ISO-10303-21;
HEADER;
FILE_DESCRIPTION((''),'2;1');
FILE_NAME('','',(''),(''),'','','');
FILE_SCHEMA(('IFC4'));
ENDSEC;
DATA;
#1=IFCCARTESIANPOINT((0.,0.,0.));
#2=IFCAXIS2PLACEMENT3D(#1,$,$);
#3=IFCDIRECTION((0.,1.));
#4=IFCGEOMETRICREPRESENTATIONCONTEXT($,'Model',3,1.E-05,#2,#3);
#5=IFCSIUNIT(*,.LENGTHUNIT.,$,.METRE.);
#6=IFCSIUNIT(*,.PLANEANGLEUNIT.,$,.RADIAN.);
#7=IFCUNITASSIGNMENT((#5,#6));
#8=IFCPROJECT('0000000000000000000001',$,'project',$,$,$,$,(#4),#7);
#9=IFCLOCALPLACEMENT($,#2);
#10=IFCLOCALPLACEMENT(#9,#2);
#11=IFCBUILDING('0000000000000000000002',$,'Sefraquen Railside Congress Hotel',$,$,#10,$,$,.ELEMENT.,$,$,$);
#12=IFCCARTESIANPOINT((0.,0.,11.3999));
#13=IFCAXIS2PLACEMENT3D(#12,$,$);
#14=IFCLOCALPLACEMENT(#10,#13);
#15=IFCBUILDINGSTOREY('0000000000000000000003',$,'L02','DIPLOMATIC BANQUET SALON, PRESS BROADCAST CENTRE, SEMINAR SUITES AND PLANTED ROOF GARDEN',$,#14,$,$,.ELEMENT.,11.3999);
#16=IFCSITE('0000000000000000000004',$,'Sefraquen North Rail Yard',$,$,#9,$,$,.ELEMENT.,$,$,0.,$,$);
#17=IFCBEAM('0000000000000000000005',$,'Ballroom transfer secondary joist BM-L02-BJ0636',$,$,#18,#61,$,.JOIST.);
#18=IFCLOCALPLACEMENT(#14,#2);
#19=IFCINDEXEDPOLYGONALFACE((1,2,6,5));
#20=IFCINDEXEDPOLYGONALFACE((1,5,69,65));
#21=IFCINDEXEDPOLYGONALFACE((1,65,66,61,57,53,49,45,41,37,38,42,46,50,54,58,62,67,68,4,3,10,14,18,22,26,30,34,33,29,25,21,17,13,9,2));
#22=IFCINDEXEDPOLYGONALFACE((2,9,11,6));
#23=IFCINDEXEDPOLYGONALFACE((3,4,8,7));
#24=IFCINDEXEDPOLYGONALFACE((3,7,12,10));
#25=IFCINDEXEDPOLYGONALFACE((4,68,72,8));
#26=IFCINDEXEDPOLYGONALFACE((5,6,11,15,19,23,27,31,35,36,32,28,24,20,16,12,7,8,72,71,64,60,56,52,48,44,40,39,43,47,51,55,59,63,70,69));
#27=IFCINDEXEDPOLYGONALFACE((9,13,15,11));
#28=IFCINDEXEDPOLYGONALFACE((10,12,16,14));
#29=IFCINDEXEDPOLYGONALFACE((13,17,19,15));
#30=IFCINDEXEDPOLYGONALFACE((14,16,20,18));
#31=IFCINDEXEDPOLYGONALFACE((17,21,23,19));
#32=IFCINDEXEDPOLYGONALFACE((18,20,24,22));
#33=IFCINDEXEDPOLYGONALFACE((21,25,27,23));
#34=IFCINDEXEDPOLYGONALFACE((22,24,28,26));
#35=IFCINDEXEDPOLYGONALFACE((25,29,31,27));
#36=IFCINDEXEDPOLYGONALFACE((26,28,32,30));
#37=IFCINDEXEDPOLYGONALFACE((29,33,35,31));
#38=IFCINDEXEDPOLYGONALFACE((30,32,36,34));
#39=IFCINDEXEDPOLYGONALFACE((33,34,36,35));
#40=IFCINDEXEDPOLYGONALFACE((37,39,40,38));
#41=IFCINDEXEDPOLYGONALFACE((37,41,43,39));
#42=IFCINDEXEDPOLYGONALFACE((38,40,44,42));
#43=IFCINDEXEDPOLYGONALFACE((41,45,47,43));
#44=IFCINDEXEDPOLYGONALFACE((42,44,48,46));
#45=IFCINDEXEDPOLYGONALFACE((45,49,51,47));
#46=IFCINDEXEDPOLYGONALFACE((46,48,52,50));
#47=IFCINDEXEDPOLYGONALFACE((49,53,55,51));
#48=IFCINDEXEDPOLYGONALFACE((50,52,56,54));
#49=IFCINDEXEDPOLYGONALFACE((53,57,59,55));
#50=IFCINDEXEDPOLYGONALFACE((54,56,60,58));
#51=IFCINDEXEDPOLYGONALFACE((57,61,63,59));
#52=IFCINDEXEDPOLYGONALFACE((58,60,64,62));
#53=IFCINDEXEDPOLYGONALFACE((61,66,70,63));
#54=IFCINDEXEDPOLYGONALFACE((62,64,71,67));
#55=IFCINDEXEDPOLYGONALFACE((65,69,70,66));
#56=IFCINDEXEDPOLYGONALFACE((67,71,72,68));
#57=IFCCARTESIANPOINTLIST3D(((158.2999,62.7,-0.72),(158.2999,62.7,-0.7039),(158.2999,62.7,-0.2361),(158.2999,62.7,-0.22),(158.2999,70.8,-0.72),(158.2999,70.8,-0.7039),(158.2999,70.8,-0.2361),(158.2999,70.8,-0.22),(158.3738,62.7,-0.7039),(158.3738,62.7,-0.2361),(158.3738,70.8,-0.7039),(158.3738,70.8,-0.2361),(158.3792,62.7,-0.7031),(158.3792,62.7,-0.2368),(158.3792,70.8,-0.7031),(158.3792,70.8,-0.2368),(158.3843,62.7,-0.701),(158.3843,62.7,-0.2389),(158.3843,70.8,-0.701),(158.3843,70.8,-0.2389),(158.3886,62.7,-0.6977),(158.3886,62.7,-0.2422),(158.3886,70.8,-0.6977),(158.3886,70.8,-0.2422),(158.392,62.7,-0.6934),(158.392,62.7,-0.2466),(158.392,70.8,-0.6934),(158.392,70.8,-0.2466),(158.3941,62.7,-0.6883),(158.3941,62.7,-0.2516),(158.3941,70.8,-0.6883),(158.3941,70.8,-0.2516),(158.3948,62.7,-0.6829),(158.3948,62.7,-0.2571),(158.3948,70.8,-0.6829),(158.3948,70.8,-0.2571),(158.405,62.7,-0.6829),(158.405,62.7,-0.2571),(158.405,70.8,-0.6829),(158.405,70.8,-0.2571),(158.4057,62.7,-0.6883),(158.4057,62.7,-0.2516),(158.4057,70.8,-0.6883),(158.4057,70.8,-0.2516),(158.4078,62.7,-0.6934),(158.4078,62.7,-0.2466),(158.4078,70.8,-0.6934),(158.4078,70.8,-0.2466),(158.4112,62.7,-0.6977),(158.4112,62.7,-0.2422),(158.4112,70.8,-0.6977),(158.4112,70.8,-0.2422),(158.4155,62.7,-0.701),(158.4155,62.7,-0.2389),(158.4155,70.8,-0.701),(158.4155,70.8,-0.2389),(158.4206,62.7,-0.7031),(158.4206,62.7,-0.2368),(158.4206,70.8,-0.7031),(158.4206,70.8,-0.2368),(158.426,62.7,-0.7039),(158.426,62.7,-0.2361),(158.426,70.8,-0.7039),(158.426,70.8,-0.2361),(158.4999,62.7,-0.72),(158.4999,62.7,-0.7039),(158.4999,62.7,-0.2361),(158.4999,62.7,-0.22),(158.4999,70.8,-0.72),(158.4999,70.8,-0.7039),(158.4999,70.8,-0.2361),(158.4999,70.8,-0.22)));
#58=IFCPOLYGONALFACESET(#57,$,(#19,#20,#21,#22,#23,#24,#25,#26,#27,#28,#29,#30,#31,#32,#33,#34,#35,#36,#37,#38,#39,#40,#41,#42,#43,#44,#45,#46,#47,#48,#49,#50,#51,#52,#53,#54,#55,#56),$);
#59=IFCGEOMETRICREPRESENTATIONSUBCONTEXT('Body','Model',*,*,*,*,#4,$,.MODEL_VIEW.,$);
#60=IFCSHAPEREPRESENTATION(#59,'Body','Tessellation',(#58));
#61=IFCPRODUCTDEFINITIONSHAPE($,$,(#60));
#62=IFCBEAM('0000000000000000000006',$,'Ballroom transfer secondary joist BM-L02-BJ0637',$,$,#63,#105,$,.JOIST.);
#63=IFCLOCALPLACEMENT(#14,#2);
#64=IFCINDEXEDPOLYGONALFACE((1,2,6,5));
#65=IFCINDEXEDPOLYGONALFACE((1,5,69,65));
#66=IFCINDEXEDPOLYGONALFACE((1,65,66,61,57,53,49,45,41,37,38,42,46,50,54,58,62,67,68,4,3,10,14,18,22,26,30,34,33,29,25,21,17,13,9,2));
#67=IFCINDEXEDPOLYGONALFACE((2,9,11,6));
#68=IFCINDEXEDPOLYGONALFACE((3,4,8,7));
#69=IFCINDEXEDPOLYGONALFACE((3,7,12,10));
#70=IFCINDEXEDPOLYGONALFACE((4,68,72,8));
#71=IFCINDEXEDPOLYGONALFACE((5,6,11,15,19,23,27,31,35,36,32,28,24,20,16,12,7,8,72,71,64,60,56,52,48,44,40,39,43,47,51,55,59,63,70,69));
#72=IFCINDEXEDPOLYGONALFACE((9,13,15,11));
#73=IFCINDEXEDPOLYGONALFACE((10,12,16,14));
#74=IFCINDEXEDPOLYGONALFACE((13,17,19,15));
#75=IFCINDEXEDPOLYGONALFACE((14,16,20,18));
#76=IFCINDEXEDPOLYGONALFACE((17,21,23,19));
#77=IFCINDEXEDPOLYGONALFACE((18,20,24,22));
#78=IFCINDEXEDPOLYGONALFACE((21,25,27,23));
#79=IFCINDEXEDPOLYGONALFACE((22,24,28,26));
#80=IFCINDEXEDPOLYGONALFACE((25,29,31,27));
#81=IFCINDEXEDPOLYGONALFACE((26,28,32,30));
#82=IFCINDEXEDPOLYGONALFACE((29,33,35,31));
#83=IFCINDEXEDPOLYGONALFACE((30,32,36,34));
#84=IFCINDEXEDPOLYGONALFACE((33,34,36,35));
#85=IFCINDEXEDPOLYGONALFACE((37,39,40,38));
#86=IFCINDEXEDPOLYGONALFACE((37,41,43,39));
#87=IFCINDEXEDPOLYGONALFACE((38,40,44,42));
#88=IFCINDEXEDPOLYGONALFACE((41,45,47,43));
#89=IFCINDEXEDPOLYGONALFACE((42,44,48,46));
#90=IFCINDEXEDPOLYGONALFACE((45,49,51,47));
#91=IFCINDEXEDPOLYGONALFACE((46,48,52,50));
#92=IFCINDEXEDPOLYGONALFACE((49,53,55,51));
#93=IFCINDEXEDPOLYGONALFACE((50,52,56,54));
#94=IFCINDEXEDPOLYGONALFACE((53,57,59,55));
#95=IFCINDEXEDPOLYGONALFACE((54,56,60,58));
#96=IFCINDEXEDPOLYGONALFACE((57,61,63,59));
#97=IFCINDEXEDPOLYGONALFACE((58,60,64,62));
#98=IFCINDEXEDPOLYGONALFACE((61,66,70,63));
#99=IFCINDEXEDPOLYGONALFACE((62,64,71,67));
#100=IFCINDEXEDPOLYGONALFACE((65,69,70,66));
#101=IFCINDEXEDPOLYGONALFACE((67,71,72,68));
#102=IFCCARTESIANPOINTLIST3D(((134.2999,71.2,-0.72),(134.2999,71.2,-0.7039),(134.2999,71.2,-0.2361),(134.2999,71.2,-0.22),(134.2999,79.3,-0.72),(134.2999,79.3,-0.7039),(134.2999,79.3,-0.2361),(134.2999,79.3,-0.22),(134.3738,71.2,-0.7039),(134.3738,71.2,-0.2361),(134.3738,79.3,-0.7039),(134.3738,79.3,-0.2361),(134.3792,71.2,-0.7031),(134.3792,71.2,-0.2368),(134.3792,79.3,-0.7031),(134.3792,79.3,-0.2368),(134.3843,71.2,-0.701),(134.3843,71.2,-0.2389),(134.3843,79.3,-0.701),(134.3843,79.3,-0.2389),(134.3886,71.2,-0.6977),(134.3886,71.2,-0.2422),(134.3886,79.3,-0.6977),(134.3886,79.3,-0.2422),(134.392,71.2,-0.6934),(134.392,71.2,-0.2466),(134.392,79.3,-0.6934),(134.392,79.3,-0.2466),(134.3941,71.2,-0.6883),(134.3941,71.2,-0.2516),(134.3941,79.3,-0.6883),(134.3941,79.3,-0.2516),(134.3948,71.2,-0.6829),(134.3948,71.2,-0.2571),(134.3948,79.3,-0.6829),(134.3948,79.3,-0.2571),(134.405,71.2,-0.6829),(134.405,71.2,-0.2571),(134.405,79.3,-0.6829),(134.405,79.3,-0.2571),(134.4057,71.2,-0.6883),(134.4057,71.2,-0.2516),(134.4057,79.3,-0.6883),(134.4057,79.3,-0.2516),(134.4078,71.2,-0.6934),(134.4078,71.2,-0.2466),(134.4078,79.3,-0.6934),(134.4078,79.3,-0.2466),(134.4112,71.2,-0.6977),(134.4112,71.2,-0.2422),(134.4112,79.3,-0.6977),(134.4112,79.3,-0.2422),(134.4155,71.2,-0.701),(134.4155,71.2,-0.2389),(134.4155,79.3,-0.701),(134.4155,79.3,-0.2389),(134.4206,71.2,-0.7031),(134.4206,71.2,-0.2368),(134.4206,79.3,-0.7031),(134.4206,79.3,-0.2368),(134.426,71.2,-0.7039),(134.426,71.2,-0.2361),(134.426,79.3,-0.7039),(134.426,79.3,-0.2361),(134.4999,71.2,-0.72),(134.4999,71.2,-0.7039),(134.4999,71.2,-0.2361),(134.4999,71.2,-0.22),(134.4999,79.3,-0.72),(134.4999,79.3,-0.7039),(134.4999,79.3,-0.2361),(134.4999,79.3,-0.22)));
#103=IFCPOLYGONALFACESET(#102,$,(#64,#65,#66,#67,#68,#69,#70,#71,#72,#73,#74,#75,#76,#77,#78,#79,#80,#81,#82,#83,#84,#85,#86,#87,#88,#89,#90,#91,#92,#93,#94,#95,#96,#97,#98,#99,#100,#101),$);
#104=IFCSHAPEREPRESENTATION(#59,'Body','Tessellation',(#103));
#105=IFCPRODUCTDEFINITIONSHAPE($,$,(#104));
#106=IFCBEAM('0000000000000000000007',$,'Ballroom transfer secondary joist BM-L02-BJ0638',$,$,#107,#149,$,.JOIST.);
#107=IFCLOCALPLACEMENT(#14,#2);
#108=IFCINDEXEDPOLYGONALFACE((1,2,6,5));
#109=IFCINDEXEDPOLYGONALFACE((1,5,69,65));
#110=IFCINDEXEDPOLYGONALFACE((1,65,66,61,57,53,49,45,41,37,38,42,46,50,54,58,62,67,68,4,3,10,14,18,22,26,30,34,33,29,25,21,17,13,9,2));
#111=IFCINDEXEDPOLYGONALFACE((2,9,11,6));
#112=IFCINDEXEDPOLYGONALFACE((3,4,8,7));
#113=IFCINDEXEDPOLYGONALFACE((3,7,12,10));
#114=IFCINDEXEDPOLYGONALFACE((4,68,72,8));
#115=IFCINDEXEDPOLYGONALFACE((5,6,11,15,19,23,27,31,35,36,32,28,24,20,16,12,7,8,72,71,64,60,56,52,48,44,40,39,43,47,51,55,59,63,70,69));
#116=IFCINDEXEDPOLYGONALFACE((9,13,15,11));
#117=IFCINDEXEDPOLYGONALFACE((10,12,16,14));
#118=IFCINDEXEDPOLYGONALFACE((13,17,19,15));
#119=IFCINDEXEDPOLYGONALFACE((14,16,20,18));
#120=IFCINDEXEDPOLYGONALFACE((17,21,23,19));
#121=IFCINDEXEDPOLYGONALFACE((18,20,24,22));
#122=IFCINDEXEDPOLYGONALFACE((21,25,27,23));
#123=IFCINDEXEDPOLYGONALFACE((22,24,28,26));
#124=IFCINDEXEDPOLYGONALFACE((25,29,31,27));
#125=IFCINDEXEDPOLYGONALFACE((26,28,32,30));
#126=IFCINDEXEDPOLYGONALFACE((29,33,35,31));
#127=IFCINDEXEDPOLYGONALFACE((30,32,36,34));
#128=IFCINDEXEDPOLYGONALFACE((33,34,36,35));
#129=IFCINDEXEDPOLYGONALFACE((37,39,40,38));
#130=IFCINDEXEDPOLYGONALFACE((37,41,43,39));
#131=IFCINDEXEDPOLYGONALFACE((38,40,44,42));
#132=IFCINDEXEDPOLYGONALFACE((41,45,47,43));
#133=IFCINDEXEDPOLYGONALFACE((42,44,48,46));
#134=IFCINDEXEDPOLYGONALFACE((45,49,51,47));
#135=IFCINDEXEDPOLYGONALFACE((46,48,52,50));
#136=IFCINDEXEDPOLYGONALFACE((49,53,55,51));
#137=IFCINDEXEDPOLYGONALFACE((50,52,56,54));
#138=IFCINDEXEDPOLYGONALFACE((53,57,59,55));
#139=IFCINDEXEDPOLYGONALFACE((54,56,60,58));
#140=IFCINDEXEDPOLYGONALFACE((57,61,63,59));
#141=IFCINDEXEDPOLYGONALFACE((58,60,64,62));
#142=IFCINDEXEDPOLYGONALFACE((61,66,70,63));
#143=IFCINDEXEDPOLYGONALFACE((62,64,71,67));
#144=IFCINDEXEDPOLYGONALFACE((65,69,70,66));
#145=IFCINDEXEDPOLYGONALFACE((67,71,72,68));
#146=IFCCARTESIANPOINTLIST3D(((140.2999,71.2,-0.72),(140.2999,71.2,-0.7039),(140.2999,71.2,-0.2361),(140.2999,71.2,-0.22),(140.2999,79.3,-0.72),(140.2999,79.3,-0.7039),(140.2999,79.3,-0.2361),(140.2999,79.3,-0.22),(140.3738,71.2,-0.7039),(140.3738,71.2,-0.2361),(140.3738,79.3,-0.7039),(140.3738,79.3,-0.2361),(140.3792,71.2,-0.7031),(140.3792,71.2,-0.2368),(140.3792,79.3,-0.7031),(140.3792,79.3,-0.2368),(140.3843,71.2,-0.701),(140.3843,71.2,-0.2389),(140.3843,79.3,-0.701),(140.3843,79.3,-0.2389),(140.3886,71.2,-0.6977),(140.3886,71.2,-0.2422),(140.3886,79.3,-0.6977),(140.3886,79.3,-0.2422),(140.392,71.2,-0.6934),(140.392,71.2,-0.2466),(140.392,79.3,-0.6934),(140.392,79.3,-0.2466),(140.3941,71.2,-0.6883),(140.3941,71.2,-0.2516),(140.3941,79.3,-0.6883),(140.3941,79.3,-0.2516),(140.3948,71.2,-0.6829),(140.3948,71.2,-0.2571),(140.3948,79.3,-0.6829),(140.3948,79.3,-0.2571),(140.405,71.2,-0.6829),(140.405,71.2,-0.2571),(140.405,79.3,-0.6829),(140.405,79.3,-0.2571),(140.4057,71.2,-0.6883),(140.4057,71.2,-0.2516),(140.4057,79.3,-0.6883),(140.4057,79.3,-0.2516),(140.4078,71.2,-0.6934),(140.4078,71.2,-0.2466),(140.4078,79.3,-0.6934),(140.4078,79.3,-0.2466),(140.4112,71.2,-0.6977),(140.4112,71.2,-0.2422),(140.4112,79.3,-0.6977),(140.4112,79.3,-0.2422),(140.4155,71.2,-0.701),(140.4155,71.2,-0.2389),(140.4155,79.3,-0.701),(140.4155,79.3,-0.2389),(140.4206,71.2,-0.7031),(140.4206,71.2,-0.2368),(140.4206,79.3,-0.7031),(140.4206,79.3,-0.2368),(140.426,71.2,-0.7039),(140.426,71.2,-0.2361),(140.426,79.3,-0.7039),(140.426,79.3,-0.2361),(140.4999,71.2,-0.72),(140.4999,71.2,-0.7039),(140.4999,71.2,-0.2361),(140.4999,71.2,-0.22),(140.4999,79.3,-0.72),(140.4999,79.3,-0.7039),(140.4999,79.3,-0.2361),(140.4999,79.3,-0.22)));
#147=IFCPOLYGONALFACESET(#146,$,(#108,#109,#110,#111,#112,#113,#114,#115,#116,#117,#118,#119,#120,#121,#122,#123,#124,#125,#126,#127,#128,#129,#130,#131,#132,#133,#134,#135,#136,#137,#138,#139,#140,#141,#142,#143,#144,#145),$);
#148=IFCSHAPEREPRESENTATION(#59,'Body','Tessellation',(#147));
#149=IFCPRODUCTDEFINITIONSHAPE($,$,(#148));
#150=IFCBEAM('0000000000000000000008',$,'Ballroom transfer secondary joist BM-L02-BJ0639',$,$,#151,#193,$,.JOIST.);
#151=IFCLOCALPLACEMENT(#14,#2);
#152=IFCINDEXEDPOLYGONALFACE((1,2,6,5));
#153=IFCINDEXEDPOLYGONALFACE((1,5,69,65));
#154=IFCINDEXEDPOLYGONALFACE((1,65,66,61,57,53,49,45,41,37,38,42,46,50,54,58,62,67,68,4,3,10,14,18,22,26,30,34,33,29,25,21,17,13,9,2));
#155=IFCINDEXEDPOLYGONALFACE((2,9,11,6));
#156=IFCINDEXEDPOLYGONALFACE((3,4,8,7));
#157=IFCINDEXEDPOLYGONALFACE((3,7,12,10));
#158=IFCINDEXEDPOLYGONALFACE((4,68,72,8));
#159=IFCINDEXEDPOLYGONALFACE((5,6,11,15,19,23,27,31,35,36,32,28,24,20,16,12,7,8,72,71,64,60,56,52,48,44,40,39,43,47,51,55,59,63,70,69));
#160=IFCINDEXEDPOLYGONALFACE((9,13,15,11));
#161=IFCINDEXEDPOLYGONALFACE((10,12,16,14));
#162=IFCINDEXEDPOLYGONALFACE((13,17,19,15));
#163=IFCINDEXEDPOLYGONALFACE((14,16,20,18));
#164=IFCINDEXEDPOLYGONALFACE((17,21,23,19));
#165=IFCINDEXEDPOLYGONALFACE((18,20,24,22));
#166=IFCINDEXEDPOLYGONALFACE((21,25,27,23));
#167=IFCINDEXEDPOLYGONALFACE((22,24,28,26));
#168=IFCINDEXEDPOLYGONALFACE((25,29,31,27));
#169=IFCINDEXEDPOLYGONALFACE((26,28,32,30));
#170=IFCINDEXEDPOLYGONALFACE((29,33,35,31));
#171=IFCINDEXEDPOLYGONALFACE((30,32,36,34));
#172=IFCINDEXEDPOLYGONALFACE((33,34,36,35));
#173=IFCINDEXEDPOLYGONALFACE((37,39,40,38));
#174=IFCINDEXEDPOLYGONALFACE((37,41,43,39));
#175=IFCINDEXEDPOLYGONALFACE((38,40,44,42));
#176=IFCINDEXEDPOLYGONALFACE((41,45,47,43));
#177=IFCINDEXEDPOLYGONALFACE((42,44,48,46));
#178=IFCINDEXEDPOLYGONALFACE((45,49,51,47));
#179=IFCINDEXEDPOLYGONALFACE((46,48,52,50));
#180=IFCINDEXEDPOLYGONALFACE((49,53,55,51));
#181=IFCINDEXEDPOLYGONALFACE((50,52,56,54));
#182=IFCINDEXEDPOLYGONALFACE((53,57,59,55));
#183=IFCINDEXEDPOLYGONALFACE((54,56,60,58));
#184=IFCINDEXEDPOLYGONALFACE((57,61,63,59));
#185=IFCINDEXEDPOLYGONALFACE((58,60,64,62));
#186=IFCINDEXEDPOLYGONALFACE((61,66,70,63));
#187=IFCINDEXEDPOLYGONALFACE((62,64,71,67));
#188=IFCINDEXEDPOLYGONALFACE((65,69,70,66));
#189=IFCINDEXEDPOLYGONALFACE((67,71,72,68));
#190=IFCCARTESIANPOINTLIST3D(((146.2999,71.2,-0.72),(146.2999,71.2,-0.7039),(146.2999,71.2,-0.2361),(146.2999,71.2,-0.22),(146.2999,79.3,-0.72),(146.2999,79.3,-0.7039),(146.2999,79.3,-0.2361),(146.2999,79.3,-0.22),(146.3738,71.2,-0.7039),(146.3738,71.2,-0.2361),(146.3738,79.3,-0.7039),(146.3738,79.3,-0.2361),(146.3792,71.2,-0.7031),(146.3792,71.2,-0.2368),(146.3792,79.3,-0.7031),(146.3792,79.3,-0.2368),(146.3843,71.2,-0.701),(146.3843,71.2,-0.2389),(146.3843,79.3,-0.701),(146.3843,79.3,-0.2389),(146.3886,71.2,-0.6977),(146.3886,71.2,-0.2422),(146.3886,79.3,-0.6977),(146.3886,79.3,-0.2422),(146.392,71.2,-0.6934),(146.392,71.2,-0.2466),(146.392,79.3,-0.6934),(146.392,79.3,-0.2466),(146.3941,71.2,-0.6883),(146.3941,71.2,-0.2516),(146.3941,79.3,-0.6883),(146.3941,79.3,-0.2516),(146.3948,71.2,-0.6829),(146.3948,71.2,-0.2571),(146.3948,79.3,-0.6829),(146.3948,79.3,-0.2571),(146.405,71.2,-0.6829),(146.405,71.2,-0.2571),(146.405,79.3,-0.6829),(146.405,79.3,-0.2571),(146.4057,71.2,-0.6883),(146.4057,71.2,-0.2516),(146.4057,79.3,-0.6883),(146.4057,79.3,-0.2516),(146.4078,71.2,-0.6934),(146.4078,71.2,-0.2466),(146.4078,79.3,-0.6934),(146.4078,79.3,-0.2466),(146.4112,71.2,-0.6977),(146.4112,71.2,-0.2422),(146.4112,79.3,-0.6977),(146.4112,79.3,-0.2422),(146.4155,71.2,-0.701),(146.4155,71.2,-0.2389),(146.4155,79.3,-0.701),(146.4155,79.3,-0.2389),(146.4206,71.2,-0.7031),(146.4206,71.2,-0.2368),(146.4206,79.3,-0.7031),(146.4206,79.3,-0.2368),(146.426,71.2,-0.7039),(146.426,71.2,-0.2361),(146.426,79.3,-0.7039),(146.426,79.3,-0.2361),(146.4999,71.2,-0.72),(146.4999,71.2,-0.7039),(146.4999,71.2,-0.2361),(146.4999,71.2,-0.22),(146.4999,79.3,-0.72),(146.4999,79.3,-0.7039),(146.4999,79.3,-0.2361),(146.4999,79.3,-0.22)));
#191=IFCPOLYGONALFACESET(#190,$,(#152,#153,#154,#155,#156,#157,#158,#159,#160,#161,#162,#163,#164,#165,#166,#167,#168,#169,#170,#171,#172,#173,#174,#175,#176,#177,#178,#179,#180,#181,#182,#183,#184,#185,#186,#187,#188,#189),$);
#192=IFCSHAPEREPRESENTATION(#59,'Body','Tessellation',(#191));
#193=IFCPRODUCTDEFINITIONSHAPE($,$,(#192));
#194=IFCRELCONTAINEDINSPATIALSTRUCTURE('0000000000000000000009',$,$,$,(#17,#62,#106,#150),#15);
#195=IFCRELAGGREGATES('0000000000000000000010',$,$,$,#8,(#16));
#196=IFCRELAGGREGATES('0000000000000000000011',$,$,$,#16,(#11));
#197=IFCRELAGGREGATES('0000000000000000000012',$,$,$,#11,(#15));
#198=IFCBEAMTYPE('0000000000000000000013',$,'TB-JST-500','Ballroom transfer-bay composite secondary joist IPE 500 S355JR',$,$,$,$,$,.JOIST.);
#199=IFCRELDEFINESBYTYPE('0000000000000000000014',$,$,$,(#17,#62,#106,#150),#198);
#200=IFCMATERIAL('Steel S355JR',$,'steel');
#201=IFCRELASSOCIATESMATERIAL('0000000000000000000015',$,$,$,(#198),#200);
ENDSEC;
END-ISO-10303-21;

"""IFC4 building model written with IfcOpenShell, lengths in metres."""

from ifc_helpers import new_model, si_unit, direction, frame, origin, origin_2d, place, context, subcontext, project, spatial, i_section, extrude, material, material_profile, profile_set, type_object, element, save


model = new_model("IFC4")

# Units and contexts
model_context = context("Model", 3, precision=1e-05, world=origin(), true_north=direction((0.0, 1.0)))
body_context = subcontext(model_context, "Body", "Model", "MODEL_VIEW")
ifc_project = project(units=[si_unit("LENGTHUNIT", "METRE"), si_unit("PLANEANGLEUNIT", "RADIAN")], contexts=[model_context])

# Site, building, storey
site_placement = place(None, origin())
site = spatial("IfcSite", under=ifc_project, at=site_placement, Name="Sefraquen North Rail Yard", CompositionType="ELEMENT", RefElevation=0.0)
building_placement = place(site_placement, origin())
building = spatial("IfcBuilding", under=site, at=building_placement, Name="Sefraquen Railside Congress Hotel", CompositionType="ELEMENT")
storey_placement = place(building_placement, frame((0.0, 0.0, 11.3999)))
storey = spatial("IfcBuildingStorey", under=building, at=storey_placement, Name="L02", Description="DIPLOMATIC BANQUET SALON, PRESS BROADCAST CENTRE, SEMINAR SUITES AND PLANTED ROOF GARDEN", CompositionType="ELEMENT", Elevation=11.3999)

# Shared definitions
ifc_material_1 = material(Name="Steel S355JR", Category="steel")

# Beams
ifc_material_profile_1 = material_profile(ifc_material_1, i_section(OverallWidth=0.2, OverallDepth=0.5, WebThickness=0.0103, FlangeThickness=0.0161, FilletRadius=0.021, at=origin_2d()), Name="IPE 500")
ifc_profile_set_1 = profile_set([ifc_material_profile_1], Name="Steel S355JR")
beam_type_1 = type_object("IfcBeamType", Name="TB-JST-500", Description="Ballroom transfer-bay composite secondary joist IPE 500 S355JR", PredefinedType="JOIST", material=ifc_profile_set_1)
for number, where, z_axis, x_axis, name in (
    (1, (158.3999, 62.7, -0.47), (0.0, 1.0, 0.0), (-1.0, 0.0, 0.0), "Ballroom transfer secondary joist BM-L02-BJ0636"),
    (2, (134.3999, 71.2, -0.47), (0.0, 1.0, 0.0), (-1.0, 0.0, 0.0), "Ballroom transfer secondary joist BM-L02-BJ0637"),
    (3, (140.3999, 71.2, -0.47), (0.0, 1.0, 0.0), (-1.0, 0.0, 0.0), "Ballroom transfer secondary joist BM-L02-BJ0638"),
    (4, (146.3999, 71.2, -0.47), (0.0, 1.0, 0.0), (-1.0, 0.0, 0.0), "Ballroom transfer secondary joist BM-L02-BJ0639"),
):
    element("IfcBeam", number, at=place(storey_placement, frame(where, z_axis=z_axis, x_axis=x_axis)), inside=storey, type_object=beam_type_1, Name=name, PredefinedType="JOIST", context=body_context, shape_type="SweptSolid", body=[
        extrude(i_section(OverallWidth=0.2, OverallDepth=0.5, WebThickness=0.0103, FlangeThickness=0.0161, FilletRadius=0.021, at=origin_2d()), origin(), (0.0, 0.0, 1.0), 8.1001),
    ])

save(model, "model.ifc")
